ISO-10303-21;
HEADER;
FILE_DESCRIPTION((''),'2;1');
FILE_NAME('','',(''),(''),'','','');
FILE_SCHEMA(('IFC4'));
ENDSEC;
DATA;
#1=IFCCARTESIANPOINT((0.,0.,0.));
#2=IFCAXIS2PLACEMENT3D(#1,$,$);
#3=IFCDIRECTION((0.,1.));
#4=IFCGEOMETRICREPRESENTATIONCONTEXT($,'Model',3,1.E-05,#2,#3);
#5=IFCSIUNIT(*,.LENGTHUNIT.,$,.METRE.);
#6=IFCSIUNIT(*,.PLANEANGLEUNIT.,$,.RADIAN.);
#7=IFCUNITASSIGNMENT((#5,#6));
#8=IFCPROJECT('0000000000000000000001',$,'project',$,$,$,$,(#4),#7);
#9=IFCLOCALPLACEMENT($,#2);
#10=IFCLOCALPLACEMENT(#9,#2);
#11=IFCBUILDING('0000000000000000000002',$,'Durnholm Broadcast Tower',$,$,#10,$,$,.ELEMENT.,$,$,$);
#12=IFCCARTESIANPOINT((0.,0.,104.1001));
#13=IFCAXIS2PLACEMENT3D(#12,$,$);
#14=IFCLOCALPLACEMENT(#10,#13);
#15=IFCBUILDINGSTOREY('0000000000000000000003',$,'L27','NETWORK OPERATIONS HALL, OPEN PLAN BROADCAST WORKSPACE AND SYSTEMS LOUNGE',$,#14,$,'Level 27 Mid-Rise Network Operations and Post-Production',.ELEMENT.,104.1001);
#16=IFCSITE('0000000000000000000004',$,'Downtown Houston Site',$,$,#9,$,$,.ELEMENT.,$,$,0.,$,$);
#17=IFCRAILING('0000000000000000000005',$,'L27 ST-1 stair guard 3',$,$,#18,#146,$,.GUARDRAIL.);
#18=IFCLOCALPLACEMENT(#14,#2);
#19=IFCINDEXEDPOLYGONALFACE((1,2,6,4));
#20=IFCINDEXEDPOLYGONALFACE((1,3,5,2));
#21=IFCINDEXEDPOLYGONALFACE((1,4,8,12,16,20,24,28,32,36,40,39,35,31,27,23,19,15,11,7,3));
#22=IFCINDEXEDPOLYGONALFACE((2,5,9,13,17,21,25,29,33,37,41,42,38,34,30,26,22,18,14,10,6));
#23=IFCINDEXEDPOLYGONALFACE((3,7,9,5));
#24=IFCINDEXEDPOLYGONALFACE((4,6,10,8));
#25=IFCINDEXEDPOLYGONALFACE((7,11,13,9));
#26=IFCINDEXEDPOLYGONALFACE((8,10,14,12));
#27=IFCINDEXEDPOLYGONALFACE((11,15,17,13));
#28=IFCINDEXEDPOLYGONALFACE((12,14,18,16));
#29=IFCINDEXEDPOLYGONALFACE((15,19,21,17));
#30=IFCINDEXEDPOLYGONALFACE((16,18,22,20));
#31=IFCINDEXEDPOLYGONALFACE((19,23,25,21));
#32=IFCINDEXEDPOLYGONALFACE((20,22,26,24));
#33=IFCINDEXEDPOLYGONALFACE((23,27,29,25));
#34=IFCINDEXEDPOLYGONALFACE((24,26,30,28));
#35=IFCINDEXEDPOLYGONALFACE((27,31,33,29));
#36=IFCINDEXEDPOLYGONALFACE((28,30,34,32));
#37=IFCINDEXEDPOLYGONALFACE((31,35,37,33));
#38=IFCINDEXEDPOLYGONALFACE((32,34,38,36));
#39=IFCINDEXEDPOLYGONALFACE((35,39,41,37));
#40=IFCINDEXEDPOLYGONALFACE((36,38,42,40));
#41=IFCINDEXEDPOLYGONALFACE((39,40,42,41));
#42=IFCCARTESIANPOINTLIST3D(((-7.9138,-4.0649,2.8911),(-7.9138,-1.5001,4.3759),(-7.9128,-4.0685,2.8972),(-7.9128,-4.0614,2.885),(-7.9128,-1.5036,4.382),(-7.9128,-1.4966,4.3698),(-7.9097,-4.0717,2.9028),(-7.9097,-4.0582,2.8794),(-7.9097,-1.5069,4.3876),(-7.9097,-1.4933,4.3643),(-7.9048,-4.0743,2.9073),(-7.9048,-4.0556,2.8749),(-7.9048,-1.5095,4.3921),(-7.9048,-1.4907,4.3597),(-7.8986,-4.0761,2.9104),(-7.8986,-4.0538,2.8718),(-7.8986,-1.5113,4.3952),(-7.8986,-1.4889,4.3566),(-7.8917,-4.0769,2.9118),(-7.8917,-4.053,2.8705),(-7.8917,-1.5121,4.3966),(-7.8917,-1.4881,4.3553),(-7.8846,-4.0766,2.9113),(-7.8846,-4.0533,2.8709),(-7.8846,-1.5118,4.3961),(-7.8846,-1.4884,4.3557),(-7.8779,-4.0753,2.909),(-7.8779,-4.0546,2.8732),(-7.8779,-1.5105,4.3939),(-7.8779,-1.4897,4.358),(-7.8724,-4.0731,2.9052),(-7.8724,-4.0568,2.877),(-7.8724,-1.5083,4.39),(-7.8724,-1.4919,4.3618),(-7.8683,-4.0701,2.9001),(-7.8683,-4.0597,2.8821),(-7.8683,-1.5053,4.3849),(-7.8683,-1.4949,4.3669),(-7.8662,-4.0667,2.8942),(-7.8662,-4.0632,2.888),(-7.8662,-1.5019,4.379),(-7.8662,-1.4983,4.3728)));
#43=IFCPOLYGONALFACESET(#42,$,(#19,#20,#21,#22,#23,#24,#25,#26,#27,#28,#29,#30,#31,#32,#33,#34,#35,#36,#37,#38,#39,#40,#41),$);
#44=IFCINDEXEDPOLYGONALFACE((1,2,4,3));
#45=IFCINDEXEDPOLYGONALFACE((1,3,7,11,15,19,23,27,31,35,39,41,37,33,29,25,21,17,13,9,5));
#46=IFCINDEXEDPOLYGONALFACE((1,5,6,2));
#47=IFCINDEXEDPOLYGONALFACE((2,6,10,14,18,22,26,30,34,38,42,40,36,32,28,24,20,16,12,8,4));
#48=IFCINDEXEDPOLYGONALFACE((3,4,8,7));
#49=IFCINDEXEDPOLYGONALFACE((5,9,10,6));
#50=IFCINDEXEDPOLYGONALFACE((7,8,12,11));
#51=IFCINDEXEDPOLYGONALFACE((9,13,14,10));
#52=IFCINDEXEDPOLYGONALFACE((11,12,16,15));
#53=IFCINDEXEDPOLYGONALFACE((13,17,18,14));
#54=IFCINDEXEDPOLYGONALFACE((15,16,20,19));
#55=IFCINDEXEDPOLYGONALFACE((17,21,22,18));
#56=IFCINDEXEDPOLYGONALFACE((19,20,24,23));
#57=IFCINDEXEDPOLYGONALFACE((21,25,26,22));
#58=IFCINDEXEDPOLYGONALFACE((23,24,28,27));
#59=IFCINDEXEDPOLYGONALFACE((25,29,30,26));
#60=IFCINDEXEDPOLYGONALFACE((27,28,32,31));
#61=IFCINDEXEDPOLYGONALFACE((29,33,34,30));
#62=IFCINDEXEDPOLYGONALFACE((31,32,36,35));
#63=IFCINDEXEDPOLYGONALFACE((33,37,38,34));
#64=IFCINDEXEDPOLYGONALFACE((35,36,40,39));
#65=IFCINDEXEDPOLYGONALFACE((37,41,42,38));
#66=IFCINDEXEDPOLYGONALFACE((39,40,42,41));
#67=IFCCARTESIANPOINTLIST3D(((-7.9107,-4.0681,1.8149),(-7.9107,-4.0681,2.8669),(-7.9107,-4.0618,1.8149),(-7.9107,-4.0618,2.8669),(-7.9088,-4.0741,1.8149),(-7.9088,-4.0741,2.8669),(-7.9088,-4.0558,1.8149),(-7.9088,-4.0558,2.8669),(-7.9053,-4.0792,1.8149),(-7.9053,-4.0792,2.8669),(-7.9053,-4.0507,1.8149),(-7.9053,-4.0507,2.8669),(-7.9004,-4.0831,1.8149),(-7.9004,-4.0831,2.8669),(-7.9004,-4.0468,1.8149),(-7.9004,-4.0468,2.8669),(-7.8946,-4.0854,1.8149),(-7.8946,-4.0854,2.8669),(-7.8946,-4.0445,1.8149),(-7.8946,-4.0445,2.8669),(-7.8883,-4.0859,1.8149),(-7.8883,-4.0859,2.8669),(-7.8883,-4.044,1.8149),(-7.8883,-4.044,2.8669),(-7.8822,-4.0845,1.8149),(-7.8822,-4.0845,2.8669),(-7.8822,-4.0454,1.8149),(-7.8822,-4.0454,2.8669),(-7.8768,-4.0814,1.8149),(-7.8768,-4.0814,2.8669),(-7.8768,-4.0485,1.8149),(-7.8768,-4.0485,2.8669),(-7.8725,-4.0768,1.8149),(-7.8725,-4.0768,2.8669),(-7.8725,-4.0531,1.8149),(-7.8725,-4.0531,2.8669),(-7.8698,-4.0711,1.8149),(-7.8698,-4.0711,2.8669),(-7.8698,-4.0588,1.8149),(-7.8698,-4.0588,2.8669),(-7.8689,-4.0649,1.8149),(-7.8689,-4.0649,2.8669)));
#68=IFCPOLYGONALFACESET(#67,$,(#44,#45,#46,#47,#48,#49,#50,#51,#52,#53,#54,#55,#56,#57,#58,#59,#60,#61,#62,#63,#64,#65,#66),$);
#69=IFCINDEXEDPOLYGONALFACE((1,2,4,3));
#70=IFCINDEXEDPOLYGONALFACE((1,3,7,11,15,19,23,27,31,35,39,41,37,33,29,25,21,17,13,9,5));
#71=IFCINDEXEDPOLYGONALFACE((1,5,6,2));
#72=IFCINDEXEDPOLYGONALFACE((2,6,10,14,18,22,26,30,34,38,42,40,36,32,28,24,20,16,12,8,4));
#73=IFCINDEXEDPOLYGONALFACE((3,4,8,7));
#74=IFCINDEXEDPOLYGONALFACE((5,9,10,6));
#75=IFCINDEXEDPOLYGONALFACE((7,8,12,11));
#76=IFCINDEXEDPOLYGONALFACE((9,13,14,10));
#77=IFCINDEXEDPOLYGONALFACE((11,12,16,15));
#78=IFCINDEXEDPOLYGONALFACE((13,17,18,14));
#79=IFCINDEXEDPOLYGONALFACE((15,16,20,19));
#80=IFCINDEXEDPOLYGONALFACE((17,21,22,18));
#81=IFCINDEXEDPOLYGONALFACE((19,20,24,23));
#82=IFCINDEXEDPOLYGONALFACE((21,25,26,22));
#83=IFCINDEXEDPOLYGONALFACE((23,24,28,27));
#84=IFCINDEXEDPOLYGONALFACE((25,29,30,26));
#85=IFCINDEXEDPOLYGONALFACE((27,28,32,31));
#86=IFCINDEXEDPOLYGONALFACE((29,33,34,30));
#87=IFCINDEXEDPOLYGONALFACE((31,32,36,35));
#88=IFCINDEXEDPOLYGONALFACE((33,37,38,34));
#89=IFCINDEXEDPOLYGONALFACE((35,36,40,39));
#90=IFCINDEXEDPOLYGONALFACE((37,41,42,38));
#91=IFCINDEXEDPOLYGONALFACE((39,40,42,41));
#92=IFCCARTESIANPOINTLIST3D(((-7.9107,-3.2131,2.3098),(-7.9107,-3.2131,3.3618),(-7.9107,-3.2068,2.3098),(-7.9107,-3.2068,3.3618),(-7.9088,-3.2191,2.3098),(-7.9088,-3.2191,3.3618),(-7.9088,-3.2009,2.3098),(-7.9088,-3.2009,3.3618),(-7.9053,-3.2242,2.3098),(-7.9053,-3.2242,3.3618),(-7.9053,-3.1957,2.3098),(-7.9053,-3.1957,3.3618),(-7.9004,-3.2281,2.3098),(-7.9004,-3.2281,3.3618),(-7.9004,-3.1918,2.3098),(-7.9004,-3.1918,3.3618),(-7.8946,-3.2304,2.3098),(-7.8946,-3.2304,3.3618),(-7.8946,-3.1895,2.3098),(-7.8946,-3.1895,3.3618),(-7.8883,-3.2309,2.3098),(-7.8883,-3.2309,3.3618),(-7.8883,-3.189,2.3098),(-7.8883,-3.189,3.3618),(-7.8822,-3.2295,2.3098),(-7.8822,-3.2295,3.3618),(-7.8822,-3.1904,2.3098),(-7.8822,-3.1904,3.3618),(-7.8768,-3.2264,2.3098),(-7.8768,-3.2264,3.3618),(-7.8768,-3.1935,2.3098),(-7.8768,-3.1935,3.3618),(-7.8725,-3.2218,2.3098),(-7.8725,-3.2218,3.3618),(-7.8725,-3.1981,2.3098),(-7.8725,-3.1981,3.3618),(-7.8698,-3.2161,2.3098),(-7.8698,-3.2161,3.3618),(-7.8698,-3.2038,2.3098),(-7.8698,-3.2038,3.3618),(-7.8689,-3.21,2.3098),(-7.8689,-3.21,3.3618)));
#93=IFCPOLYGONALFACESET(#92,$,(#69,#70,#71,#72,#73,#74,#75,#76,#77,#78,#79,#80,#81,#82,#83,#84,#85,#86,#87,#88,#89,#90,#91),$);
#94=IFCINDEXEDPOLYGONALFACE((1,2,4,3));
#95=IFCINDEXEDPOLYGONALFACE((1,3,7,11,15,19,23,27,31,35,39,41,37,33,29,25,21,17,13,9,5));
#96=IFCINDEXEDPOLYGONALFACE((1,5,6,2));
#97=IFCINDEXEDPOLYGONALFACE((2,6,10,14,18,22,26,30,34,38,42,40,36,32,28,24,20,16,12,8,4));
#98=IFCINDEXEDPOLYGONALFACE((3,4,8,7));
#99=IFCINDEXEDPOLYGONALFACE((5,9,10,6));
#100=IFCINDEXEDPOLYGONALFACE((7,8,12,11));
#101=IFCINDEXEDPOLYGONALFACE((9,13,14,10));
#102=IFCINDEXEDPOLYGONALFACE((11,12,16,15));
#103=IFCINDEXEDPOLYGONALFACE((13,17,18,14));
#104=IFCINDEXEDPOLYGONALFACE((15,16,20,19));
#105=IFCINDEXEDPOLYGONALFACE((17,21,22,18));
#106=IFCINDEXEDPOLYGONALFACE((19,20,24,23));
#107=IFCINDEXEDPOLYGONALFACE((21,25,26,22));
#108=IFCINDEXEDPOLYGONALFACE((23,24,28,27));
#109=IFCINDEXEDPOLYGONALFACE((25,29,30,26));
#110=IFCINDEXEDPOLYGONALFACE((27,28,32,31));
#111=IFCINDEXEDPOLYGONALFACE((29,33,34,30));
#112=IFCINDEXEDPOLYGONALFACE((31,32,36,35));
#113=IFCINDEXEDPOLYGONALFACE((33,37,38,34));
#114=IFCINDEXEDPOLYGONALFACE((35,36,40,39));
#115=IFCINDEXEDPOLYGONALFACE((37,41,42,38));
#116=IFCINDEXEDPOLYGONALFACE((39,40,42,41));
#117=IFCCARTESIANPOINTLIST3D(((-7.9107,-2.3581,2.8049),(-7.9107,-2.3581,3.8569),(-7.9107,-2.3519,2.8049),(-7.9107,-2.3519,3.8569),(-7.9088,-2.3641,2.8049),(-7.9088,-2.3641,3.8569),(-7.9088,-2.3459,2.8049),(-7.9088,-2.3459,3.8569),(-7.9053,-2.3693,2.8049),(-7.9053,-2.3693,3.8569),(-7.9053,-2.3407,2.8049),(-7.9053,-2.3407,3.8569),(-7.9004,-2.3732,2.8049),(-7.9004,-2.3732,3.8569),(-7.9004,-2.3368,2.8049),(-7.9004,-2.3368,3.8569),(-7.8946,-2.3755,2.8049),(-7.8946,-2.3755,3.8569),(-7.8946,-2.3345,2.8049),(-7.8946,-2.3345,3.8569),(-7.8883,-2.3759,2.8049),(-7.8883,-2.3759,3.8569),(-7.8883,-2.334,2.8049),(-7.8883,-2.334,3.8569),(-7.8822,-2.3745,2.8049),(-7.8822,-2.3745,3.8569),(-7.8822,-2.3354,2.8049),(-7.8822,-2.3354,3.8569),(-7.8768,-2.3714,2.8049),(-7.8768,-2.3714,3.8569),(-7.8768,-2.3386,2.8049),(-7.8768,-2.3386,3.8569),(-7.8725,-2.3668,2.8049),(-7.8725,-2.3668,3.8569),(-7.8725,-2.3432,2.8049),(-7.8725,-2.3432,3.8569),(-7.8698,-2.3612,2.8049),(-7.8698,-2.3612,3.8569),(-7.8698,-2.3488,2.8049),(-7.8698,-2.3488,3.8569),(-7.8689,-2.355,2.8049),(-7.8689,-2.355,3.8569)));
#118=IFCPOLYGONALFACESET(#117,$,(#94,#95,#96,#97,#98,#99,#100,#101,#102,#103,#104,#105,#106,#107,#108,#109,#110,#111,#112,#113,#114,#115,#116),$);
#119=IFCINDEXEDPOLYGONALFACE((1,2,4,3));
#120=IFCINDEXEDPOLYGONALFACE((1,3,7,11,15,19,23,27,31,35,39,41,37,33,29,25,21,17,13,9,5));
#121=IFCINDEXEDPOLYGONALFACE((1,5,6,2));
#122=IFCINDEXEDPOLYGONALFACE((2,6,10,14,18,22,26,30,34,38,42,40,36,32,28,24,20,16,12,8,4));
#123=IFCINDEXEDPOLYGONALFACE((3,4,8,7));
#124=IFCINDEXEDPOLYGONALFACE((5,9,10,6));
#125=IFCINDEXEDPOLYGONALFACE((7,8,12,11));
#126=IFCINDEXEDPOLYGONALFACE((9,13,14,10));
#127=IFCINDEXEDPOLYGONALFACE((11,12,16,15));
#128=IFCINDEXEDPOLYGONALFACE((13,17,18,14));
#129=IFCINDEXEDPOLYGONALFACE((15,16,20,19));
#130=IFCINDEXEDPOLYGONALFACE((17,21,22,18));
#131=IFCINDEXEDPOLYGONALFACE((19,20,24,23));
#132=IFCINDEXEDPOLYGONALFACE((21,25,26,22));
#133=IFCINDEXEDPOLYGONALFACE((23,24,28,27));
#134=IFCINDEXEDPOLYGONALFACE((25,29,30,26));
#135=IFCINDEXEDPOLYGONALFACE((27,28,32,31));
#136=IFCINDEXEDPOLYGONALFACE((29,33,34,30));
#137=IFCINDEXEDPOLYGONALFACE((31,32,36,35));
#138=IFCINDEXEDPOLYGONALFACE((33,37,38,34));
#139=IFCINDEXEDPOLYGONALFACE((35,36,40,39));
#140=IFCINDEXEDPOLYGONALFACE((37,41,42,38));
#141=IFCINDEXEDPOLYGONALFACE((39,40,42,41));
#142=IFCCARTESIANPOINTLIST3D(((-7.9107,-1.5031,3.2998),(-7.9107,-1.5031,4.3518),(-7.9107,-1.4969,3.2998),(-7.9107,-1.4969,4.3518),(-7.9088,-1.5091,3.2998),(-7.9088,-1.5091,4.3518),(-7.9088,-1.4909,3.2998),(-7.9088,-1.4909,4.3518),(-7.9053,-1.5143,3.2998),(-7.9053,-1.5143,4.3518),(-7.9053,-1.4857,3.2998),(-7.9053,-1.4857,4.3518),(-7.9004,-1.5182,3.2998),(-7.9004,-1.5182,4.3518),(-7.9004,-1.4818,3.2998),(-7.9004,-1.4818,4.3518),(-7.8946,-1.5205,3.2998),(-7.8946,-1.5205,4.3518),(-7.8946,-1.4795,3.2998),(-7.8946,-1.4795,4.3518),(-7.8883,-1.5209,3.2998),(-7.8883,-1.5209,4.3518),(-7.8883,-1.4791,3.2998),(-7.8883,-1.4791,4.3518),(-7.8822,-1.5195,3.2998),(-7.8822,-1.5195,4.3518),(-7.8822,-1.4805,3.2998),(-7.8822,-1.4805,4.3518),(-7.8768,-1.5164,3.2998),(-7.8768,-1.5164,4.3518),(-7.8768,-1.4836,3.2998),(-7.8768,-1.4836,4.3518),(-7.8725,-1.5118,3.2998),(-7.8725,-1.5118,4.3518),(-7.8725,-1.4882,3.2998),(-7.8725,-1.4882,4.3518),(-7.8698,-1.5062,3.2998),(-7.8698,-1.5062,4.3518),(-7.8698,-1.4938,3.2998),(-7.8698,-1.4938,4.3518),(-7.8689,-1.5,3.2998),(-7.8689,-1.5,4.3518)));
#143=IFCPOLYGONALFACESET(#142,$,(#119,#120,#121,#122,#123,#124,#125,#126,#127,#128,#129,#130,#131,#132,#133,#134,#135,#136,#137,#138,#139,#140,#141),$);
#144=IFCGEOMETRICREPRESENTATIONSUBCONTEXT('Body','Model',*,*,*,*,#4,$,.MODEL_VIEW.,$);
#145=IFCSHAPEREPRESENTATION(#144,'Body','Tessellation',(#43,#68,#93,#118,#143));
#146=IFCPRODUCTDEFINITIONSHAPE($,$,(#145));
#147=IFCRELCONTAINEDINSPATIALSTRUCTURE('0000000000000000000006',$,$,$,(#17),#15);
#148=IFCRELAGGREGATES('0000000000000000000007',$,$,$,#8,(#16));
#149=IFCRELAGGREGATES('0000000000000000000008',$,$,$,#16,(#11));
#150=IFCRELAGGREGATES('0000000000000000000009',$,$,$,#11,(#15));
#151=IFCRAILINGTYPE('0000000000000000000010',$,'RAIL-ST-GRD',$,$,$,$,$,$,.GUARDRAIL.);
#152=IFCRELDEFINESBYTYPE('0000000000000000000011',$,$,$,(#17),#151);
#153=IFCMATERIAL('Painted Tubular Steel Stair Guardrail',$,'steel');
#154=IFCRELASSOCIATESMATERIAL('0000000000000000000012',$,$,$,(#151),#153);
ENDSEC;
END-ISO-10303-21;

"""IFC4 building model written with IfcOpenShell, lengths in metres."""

from ifc_helpers import new_model, si_unit, direction, frame, origin, origin_2d, place, context, subcontext, project, spatial, circle, extrude, material, type_object, element, save


model = new_model("IFC4")

# Units and contexts
model_context = context("Model", 3, precision=1e-05, world=origin(), true_north=direction((0.0, 1.0)))
body_context = subcontext(model_context, "Body", "Model", "MODEL_VIEW")
ifc_project = project(units=[si_unit("LENGTHUNIT", "METRE"), si_unit("PLANEANGLEUNIT", "RADIAN")], contexts=[model_context])

# Site, building, storey
site_placement = place(None, origin())
site = spatial("IfcSite", under=ifc_project, at=site_placement, Name="Downtown Houston Site", CompositionType="ELEMENT", RefElevation=0.0)
building_placement = place(site_placement, origin())
building = spatial("IfcBuilding", under=site, at=building_placement, Name="Durnholm Broadcast Tower", CompositionType="ELEMENT")
storey_placement = place(building_placement, frame((0.0, 0.0, 104.1001)))
storey = spatial("IfcBuildingStorey", under=building, at=storey_placement, Name="L27", Description="NETWORK OPERATIONS HALL, OPEN PLAN BROADCAST WORKSPACE AND SYSTEMS LOUNGE", LongName="Level 27 Mid-Rise Network Operations and Post-Production", CompositionType="ELEMENT", Elevation=104.1001)

# Railing
ifc_material_1 = material(Name="Painted Tubular Steel Stair Guardrail", Category="steel")
railing_type_1 = type_object("IfcRailingType", Name="RAIL-ST-GRD", PredefinedType="GUARDRAIL", material=ifc_material_1)
railing_1_placement = place(storey_placement, frame((-7.8899, -4.0649, 1.8149)))
element("IfcRailing", 1, at=railing_1_placement, inside=storey, type_object=railing_type_1, Name="L27 ST-1 stair guard 3", PredefinedType="GUARDRAIL", context=body_context, shape_type="SweptSolid", body=[
    extrude(circle(Radius=0.0239, at=origin_2d()), frame((0.0, 0.0, 1.0762), z_axis=(0.0, 0.865441, 0.50101), x_axis=(-1.0, 0.0, 0.0)), (0.0, 0.0, 1.0), 2.9636),
    extrude(circle(Radius=0.021, at=origin_2d()), origin(), (0.0, 0.0, 1.0), 1.052),
    extrude(circle(Radius=0.021, at=origin_2d()), frame((0.0, 0.855, 0.4949)), (0.0, 0.0, 1.0), 1.052),
    extrude(circle(Radius=0.021, at=origin_2d()), frame((0.0, 1.71, 0.99)), (0.0, 0.0, 1.0), 1.052),
    extrude(circle(Radius=0.021, at=origin_2d()), frame((0.0, 2.5649, 1.4849)), (0.0, 0.0, 1.0), 1.052),
])

save(model, "model.ifc")
